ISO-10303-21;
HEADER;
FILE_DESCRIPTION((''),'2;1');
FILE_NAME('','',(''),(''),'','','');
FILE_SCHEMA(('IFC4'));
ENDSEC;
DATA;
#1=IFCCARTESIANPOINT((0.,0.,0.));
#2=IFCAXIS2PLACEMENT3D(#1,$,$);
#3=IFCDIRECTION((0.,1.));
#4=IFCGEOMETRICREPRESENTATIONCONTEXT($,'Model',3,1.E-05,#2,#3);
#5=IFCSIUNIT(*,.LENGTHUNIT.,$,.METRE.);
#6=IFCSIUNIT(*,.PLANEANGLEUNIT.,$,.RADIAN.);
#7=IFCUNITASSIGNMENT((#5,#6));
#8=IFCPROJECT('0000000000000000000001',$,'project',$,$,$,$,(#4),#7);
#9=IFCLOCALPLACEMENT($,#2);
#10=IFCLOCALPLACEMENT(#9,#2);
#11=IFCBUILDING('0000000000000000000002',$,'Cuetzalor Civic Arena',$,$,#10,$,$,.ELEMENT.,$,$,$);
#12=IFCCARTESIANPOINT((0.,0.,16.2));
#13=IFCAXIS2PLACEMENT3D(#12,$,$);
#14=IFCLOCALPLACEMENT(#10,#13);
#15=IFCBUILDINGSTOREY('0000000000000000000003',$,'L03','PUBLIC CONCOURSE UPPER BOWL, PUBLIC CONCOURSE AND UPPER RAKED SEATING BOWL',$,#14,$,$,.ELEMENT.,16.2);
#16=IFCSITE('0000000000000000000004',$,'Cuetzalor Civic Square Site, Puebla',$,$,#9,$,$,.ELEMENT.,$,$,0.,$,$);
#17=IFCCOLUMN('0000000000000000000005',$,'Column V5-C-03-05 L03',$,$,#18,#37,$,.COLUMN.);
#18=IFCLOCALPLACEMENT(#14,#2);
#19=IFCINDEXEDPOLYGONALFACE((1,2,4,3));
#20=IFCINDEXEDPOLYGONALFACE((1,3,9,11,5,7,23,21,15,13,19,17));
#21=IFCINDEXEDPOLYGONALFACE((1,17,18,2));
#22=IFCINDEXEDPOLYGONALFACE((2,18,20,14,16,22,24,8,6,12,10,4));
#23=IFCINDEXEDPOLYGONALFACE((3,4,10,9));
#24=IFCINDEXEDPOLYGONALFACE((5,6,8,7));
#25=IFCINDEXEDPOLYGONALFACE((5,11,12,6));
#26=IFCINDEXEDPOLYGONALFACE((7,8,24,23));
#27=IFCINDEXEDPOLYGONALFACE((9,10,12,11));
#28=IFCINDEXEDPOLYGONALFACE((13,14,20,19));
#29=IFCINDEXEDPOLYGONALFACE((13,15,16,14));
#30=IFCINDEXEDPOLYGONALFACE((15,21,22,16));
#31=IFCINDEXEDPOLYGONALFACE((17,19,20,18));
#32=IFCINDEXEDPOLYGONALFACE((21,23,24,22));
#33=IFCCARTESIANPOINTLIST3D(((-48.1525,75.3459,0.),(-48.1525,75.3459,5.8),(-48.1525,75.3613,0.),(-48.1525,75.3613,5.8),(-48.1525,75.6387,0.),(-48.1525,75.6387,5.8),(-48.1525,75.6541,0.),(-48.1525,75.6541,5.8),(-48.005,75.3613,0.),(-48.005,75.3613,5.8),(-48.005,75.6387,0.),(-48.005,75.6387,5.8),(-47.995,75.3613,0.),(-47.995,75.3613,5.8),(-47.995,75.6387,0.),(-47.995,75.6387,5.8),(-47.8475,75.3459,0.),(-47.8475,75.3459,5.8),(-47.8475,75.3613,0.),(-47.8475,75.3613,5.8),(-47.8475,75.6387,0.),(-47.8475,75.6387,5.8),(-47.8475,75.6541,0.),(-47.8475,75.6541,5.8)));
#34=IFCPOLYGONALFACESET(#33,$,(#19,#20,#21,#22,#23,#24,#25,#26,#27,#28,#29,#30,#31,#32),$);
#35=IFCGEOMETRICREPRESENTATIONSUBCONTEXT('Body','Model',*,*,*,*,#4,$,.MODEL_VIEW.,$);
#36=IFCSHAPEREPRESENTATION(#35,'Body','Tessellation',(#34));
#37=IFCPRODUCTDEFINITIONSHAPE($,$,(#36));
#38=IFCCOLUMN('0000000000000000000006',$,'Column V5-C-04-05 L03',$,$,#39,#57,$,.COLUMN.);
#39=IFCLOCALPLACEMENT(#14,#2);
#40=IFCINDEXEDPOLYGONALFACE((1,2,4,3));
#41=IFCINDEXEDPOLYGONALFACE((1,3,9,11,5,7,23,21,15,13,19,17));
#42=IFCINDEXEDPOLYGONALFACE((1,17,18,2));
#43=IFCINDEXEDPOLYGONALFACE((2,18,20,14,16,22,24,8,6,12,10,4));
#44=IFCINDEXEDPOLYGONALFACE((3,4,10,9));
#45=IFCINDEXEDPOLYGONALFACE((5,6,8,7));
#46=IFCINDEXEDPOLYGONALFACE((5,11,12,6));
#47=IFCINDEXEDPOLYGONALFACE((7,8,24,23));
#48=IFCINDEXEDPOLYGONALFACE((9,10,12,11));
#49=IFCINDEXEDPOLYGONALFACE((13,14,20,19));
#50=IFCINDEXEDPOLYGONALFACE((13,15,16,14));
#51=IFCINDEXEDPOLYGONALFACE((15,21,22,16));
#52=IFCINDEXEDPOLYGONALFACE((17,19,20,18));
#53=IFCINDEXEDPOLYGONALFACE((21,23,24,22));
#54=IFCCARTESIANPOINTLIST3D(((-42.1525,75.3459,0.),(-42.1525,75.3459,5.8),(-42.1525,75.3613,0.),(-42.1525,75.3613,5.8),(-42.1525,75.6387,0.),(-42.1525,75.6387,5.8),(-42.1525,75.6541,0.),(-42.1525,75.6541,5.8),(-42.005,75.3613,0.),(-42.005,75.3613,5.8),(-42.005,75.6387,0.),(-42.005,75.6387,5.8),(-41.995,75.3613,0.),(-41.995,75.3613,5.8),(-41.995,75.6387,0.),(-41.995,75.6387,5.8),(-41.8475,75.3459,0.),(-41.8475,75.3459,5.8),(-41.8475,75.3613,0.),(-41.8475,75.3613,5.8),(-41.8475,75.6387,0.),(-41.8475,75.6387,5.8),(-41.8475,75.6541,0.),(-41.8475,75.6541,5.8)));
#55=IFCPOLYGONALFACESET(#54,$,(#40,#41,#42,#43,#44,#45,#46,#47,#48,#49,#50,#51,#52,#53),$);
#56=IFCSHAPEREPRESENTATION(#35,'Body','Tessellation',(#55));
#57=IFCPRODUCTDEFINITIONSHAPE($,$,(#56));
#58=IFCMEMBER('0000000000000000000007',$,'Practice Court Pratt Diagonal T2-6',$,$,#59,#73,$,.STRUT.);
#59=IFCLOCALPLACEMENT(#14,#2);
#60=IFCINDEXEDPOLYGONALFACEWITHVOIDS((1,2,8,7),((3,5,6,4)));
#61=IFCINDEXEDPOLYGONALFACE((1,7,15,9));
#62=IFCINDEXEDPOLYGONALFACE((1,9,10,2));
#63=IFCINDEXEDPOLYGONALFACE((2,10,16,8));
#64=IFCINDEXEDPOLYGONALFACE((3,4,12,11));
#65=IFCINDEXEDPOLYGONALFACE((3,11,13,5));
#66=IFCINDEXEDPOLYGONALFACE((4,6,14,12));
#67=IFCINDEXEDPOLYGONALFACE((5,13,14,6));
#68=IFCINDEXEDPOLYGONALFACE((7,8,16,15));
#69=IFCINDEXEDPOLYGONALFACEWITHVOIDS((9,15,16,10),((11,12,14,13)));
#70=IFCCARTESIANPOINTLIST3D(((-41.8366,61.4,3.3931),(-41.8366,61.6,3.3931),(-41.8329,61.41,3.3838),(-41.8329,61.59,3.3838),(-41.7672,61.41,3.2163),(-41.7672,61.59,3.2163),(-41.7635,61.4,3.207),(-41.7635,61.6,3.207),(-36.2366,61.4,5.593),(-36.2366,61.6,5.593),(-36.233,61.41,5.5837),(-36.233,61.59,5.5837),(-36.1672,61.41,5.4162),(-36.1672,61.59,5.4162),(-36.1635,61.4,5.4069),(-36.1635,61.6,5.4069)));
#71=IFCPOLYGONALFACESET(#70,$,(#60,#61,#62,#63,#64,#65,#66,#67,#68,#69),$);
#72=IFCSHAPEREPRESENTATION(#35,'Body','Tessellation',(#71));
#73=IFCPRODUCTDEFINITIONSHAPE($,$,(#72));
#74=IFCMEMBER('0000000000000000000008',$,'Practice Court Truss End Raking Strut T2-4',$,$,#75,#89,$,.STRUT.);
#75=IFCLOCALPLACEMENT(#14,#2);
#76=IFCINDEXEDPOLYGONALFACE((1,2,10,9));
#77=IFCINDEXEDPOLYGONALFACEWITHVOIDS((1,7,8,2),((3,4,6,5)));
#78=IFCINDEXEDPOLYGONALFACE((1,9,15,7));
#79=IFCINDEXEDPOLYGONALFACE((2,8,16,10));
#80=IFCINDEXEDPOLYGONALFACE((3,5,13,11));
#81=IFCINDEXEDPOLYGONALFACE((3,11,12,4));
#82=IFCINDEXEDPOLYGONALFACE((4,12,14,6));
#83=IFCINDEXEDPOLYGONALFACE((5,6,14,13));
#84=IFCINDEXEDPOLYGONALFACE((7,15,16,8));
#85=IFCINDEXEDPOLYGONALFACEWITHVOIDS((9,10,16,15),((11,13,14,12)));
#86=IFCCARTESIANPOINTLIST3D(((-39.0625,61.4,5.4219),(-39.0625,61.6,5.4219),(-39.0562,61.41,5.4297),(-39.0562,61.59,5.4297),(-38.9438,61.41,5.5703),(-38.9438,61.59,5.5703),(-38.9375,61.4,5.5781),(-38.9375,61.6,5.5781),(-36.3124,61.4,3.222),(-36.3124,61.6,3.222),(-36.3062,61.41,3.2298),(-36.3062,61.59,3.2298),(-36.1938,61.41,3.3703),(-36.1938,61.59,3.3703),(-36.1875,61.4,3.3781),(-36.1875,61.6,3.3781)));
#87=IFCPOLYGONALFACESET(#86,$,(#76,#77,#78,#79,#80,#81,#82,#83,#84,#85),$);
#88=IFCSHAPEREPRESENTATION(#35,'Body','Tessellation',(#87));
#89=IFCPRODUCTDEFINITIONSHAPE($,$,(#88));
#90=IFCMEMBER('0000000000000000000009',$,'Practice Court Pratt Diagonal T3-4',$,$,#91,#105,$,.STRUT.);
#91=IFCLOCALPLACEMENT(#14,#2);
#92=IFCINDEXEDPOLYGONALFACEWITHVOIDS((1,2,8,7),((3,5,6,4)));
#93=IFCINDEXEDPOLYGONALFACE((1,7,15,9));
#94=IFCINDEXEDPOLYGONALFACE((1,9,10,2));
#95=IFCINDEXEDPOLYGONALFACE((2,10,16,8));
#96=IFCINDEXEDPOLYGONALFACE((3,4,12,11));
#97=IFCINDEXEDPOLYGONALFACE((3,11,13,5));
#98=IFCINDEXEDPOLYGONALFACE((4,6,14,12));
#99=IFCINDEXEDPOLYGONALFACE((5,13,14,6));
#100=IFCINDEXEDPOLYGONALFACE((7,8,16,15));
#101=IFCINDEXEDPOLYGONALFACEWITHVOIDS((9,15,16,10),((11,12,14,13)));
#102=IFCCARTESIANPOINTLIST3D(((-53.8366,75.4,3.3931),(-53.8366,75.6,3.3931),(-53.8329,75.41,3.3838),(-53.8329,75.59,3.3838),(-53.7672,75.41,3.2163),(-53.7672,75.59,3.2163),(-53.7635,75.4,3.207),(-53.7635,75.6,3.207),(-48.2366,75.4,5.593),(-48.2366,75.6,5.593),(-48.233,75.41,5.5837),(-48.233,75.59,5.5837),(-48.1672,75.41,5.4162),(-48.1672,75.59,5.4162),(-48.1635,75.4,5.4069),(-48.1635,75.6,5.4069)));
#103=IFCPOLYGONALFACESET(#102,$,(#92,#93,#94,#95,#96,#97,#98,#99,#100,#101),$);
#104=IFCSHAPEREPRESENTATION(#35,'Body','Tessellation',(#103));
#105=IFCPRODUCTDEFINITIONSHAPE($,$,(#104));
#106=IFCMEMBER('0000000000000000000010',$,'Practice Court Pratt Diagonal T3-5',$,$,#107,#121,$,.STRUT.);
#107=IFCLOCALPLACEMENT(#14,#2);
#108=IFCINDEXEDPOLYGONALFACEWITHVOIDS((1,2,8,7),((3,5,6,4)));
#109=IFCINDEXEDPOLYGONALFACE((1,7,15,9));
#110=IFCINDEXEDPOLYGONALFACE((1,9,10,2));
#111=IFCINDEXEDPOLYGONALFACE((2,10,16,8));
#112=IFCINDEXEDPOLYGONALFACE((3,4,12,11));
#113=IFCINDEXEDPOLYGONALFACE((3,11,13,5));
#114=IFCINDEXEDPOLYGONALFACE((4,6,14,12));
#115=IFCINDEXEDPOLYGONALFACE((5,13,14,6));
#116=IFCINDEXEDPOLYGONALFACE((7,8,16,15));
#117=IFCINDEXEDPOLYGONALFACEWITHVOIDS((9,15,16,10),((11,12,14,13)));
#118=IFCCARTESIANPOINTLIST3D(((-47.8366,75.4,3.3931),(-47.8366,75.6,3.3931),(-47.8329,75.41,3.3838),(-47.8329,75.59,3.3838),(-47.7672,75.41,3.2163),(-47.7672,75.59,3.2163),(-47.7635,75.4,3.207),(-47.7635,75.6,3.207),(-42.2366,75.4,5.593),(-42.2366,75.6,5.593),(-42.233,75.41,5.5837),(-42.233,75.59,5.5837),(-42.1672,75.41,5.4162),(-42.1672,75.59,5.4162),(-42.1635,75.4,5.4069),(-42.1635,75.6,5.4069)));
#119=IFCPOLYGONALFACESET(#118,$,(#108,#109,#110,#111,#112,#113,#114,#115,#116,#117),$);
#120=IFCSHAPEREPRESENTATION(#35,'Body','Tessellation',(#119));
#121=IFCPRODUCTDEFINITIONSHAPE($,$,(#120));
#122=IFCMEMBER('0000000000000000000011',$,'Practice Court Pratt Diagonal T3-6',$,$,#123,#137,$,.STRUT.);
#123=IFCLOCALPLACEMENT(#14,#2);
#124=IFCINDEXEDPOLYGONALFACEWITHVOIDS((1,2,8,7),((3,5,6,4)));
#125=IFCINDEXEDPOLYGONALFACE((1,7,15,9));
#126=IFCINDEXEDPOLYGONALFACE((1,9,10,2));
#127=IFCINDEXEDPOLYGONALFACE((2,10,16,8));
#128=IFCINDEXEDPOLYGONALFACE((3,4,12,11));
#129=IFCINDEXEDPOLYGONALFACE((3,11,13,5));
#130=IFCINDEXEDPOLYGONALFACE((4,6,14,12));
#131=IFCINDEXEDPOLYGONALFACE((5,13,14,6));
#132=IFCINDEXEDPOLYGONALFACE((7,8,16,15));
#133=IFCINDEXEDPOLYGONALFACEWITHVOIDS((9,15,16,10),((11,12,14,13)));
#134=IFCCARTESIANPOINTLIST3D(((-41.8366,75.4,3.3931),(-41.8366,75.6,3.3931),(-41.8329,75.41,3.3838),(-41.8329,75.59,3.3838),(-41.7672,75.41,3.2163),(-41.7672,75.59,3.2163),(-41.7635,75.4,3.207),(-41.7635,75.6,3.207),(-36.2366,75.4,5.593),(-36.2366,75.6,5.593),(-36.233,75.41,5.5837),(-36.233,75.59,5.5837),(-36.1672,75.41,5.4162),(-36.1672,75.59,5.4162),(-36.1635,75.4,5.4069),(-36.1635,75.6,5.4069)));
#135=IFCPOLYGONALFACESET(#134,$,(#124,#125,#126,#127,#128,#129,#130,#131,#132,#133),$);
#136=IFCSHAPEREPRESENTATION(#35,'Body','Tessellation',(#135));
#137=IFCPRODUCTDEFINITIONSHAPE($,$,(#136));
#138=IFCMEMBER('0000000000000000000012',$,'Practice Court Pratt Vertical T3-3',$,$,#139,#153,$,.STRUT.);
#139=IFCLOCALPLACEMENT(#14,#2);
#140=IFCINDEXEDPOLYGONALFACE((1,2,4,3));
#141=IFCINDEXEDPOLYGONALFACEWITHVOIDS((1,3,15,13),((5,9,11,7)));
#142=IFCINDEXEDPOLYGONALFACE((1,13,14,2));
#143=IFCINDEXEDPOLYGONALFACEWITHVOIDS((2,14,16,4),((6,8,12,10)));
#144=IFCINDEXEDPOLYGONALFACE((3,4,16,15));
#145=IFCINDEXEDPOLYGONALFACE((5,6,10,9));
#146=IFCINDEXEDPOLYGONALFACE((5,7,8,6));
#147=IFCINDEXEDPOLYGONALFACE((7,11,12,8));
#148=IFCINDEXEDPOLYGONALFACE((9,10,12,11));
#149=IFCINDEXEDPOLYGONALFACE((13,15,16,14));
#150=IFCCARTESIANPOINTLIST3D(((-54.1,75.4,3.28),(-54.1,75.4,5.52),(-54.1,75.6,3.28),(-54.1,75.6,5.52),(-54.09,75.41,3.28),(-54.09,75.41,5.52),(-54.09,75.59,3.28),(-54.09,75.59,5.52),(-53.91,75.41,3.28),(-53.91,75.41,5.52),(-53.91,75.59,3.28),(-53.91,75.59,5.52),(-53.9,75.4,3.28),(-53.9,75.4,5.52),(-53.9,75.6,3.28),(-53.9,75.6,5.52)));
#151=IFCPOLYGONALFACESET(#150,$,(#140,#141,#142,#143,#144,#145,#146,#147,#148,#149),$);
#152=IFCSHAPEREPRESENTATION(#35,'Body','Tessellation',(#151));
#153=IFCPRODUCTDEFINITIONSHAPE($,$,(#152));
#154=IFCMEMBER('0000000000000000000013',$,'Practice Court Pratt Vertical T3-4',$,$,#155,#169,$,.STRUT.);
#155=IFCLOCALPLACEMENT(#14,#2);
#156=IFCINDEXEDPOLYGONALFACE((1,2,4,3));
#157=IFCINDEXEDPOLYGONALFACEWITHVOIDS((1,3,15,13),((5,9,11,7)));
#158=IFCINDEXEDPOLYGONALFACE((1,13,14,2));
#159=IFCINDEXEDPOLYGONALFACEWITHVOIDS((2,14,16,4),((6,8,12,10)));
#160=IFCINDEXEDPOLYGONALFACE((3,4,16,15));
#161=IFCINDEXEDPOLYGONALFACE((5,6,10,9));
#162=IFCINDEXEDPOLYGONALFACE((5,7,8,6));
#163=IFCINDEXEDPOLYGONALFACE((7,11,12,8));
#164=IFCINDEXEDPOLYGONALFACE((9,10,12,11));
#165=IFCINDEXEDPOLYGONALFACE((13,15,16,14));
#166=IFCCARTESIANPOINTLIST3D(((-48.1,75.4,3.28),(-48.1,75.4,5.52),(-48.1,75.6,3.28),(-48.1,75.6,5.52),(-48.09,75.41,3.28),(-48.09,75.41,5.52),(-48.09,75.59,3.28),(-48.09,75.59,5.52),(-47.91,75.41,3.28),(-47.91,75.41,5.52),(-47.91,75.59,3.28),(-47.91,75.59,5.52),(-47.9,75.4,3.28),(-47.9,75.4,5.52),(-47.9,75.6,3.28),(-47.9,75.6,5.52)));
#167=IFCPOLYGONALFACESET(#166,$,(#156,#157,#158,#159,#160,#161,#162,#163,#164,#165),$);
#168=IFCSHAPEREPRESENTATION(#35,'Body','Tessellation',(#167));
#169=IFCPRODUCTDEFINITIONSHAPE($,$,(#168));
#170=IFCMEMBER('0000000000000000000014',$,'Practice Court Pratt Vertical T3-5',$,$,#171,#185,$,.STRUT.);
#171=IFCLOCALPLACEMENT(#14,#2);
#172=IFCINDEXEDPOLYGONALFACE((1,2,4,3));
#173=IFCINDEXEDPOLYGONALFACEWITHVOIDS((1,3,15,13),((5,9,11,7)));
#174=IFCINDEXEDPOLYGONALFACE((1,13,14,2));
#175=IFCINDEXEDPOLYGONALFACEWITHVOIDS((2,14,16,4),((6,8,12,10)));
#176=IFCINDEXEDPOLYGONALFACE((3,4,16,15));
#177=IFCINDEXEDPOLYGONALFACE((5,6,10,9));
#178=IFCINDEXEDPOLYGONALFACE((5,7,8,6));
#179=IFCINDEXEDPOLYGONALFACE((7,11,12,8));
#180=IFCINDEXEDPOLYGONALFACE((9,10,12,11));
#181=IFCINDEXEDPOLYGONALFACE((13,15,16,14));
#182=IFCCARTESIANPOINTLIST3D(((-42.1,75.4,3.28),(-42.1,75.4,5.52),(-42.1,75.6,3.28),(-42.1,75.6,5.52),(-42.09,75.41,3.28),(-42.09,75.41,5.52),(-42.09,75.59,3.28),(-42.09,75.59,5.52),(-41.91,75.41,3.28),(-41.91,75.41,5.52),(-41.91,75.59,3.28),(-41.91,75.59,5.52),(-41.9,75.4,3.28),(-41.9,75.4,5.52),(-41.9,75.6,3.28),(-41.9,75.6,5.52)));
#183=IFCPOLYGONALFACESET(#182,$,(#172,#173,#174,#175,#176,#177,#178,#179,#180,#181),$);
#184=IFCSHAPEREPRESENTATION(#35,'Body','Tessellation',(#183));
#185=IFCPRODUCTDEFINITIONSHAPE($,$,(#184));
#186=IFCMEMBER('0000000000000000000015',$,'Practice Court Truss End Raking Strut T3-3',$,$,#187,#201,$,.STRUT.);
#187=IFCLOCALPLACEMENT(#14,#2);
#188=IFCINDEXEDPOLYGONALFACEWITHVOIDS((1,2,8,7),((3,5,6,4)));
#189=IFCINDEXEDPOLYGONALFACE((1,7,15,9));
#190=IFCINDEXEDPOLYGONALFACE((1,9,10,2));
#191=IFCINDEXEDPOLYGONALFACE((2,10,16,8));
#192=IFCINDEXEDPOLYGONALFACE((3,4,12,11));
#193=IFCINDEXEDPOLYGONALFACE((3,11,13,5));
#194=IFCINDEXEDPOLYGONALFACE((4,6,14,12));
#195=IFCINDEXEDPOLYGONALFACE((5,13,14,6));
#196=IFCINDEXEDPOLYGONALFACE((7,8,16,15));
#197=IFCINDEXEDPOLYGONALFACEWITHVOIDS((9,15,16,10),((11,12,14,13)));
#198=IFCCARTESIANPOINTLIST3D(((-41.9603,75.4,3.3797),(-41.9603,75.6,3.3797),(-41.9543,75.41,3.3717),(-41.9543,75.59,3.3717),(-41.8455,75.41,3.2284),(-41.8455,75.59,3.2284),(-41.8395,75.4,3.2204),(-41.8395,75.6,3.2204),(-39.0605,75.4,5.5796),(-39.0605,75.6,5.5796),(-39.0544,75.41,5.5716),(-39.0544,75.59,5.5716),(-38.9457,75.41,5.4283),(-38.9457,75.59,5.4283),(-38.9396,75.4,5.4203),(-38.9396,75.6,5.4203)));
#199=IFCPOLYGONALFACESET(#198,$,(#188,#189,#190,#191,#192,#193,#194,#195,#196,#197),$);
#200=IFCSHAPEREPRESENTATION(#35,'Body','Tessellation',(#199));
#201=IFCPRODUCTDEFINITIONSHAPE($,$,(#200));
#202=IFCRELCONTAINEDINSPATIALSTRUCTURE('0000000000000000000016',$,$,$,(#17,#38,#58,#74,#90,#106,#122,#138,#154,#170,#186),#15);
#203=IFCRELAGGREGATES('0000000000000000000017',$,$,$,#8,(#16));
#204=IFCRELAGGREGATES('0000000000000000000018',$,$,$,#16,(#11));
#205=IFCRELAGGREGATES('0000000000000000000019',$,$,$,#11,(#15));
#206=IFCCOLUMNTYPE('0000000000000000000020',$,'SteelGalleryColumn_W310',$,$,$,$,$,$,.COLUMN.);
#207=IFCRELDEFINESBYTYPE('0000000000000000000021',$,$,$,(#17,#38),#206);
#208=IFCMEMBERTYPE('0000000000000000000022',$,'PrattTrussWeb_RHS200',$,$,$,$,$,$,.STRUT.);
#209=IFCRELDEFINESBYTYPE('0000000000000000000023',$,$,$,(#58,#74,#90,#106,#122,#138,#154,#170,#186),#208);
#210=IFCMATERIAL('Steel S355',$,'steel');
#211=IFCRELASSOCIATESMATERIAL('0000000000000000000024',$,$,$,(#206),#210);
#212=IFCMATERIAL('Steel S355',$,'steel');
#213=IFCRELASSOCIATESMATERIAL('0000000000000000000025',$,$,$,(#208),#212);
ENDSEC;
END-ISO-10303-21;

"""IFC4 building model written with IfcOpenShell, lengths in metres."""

from ifc_helpers import new_model, si_unit, direction, frame, origin, origin_2d, place, context, subcontext, project, spatial, hollow_rectangle, i_section, extrude, material, material_profile, profile_set, type_object, element, save


model = new_model("IFC4")

# Units and contexts
model_context = context("Model", 3, precision=1e-05, world=origin(), true_north=direction((0.0, 1.0)))
body_context = subcontext(model_context, "Body", "Model", "MODEL_VIEW")
ifc_project = project(units=[si_unit("LENGTHUNIT", "METRE"), si_unit("PLANEANGLEUNIT", "RADIAN")], contexts=[model_context])

# Site, building, storey
site_placement = place(None, origin())
site = spatial("IfcSite", under=ifc_project, at=site_placement, Name="Cuetzalor Civic Square Site, Puebla", CompositionType="ELEMENT", RefElevation=0.0)
building_placement = place(site_placement, origin())
building = spatial("IfcBuilding", under=site, at=building_placement, Name="Cuetzalor Civic Arena", CompositionType="ELEMENT")
storey_placement = place(building_placement, frame((0.0, 0.0, 16.2)))
storey = spatial("IfcBuildingStorey", under=building, at=storey_placement, Name="L03", Description="PUBLIC CONCOURSE UPPER BOWL, PUBLIC CONCOURSE AND UPPER RAKED SEATING BOWL", CompositionType="ELEMENT", Elevation=16.2)

# Columns
ifc_material_1 = material(Name="Steel S355", Category="steel")
ifc_material_profile_1 = material_profile(ifc_material_1, i_section(OverallWidth=0.3049, OverallDepth=0.3081, WebThickness=0.01, FlangeThickness=0.0154, at=origin_2d()), Name="W310x97")
ifc_profile_set_1 = profile_set([ifc_material_profile_1], Name="Steel S355")
column_type = type_object("IfcColumnType", Name="SteelGalleryColumn_W310", PredefinedType="COLUMN", material=ifc_profile_set_1)
for number, where, z_axis, x_axis, name in (
    (1, (-48.0, 75.5, 0.0), (0.0, 0.0, 1.0), (1.0, 0.0, 0.0), "Column V5-C-03-05 L03"),
    (2, (-42.0, 75.5, 0.0), (0.0, 0.0, 1.0), (1.0, 0.0, 0.0), "Column V5-C-04-05 L03"),
):
    element("IfcColumn", number, at=place(storey_placement, frame(where, z_axis=z_axis, x_axis=x_axis)), inside=storey, type_object=column_type, Name=name, PredefinedType="COLUMN", context=body_context, shape_type="SweptSolid", body=[
        extrude(i_section(OverallWidth=0.3049, OverallDepth=0.3081, WebThickness=0.01, FlangeThickness=0.0154, at=origin_2d()), origin(), (0.0, 0.0, 1.0), 5.8),
    ])

# Members
ifc_material_2 = material(Name="Steel S355", Category="steel")
ifc_material_profile_2 = material_profile(ifc_material_2, hollow_rectangle(XDim=0.2, YDim=0.2, WallThickness=0.01, at=origin_2d()), Name="RHS 200x200x10")
ifc_profile_set_2 = profile_set([ifc_material_profile_2], Name="Steel S355")
member_type_1 = type_object("IfcMemberType", Name="PrattTrussWeb_RHS200", PredefinedType="STRUT", material=ifc_profile_set_2)
member_1_placement = place(storey_placement, frame((-41.8, 61.5, 3.3), z_axis=(0.930756, 0.0, 0.36564), x_axis=(0.0, 1.0, 0.0)))
element("IfcMember", 3, at=member_1_placement, inside=storey, type_object=member_type_1, Name="Practice Court Pratt Diagonal T2-6", PredefinedType="STRUT", context=body_context, shape_type="SweptSolid", body=[
    extrude(hollow_rectangle(XDim=0.2, YDim=0.2, WallThickness=0.01, at=origin_2d()), origin(), (0.0, 0.0, 1.0), 6.0166),
])
member_2_placement = place(storey_placement, frame((-39.0, 61.5, 5.5), z_axis=(0.780876, 0.0, -0.624687), x_axis=(0.0, 1.0, 0.0)))
element("IfcMember", 4, at=member_2_placement, inside=storey, type_object=member_type_1, Name="Practice Court Truss End Raking Strut T2-4", PredefinedType="STRUT", context=body_context, shape_type="SweptSolid", body=[
    extrude(hollow_rectangle(XDim=0.2, YDim=0.2, WallThickness=0.01, at=origin_2d()), origin(), (0.0, 0.0, 1.0), 3.5217),
])
for number, where, z_axis, x_axis, name in (
    (5, (-53.8, 75.5, 3.3), (0.930756, 0.0, 0.36564), (0.0, 1.0, 0.0), "Practice Court Pratt Diagonal T3-4"),
    (6, (-47.8, 75.5, 3.3), (0.930756, 0.0, 0.36564), (0.0, 1.0, 0.0), "Practice Court Pratt Diagonal T3-5"),
    (7, (-41.8, 75.5, 3.3), (0.930756, 0.0, 0.36564), (0.0, 1.0, 0.0), "Practice Court Pratt Diagonal T3-6"),
):
    element("IfcMember", number, at=place(storey_placement, frame(where, z_axis=z_axis, x_axis=x_axis)), inside=storey, type_object=member_type_1, Name=name, PredefinedType="STRUT", context=body_context, shape_type="SweptSolid", body=[
        extrude(hollow_rectangle(XDim=0.2, YDim=0.2, WallThickness=0.01, at=origin_2d()), origin(), (0.0, 0.0, 1.0), 6.0166),
    ])
for number, where, z_axis, x_axis, name in (
    (8, (-54.0, 75.5, 3.28), (0.0, 0.0, 1.0), (1.0, 0.0, 0.0), "Practice Court Pratt Vertical T3-3"),
    (9, (-48.0, 75.5, 3.28), (0.0, 0.0, 1.0), (1.0, 0.0, 0.0), "Practice Court Pratt Vertical T3-4"),
    (10, (-42.0, 75.5, 3.28), (0.0, 0.0, 1.0), (1.0, 0.0, 0.0), "Practice Court Pratt Vertical T3-5"),
):
    element("IfcMember", number, at=place(storey_placement, frame(where, z_axis=z_axis, x_axis=x_axis)), inside=storey, type_object=member_type_1, Name=name, PredefinedType="STRUT", context=body_context, shape_type="SweptSolid", body=[
        extrude(hollow_rectangle(XDim=0.2, YDim=0.2, WallThickness=0.01, at=origin_2d()), origin(), (0.0, 0.0, 1.0), 2.24),
    ])
member_3_placement = place(storey_placement, frame((-41.8999, 75.5, 3.3), z_axis=(0.796688, 0.0, 0.604391), x_axis=(0.0, 1.0, 0.0)))
element("IfcMember", 11, at=member_3_placement, inside=storey, type_object=member_type_1, Name="Practice Court Truss End Raking Strut T3-3", PredefinedType="STRUT", context=body_context, shape_type="SweptSolid", body=[
    extrude(hollow_rectangle(XDim=0.2, YDim=0.2, WallThickness=0.01, at=origin_2d()), origin(), (0.0, 0.0, 1.0), 3.6399),
])

save(model, "model.ifc")
